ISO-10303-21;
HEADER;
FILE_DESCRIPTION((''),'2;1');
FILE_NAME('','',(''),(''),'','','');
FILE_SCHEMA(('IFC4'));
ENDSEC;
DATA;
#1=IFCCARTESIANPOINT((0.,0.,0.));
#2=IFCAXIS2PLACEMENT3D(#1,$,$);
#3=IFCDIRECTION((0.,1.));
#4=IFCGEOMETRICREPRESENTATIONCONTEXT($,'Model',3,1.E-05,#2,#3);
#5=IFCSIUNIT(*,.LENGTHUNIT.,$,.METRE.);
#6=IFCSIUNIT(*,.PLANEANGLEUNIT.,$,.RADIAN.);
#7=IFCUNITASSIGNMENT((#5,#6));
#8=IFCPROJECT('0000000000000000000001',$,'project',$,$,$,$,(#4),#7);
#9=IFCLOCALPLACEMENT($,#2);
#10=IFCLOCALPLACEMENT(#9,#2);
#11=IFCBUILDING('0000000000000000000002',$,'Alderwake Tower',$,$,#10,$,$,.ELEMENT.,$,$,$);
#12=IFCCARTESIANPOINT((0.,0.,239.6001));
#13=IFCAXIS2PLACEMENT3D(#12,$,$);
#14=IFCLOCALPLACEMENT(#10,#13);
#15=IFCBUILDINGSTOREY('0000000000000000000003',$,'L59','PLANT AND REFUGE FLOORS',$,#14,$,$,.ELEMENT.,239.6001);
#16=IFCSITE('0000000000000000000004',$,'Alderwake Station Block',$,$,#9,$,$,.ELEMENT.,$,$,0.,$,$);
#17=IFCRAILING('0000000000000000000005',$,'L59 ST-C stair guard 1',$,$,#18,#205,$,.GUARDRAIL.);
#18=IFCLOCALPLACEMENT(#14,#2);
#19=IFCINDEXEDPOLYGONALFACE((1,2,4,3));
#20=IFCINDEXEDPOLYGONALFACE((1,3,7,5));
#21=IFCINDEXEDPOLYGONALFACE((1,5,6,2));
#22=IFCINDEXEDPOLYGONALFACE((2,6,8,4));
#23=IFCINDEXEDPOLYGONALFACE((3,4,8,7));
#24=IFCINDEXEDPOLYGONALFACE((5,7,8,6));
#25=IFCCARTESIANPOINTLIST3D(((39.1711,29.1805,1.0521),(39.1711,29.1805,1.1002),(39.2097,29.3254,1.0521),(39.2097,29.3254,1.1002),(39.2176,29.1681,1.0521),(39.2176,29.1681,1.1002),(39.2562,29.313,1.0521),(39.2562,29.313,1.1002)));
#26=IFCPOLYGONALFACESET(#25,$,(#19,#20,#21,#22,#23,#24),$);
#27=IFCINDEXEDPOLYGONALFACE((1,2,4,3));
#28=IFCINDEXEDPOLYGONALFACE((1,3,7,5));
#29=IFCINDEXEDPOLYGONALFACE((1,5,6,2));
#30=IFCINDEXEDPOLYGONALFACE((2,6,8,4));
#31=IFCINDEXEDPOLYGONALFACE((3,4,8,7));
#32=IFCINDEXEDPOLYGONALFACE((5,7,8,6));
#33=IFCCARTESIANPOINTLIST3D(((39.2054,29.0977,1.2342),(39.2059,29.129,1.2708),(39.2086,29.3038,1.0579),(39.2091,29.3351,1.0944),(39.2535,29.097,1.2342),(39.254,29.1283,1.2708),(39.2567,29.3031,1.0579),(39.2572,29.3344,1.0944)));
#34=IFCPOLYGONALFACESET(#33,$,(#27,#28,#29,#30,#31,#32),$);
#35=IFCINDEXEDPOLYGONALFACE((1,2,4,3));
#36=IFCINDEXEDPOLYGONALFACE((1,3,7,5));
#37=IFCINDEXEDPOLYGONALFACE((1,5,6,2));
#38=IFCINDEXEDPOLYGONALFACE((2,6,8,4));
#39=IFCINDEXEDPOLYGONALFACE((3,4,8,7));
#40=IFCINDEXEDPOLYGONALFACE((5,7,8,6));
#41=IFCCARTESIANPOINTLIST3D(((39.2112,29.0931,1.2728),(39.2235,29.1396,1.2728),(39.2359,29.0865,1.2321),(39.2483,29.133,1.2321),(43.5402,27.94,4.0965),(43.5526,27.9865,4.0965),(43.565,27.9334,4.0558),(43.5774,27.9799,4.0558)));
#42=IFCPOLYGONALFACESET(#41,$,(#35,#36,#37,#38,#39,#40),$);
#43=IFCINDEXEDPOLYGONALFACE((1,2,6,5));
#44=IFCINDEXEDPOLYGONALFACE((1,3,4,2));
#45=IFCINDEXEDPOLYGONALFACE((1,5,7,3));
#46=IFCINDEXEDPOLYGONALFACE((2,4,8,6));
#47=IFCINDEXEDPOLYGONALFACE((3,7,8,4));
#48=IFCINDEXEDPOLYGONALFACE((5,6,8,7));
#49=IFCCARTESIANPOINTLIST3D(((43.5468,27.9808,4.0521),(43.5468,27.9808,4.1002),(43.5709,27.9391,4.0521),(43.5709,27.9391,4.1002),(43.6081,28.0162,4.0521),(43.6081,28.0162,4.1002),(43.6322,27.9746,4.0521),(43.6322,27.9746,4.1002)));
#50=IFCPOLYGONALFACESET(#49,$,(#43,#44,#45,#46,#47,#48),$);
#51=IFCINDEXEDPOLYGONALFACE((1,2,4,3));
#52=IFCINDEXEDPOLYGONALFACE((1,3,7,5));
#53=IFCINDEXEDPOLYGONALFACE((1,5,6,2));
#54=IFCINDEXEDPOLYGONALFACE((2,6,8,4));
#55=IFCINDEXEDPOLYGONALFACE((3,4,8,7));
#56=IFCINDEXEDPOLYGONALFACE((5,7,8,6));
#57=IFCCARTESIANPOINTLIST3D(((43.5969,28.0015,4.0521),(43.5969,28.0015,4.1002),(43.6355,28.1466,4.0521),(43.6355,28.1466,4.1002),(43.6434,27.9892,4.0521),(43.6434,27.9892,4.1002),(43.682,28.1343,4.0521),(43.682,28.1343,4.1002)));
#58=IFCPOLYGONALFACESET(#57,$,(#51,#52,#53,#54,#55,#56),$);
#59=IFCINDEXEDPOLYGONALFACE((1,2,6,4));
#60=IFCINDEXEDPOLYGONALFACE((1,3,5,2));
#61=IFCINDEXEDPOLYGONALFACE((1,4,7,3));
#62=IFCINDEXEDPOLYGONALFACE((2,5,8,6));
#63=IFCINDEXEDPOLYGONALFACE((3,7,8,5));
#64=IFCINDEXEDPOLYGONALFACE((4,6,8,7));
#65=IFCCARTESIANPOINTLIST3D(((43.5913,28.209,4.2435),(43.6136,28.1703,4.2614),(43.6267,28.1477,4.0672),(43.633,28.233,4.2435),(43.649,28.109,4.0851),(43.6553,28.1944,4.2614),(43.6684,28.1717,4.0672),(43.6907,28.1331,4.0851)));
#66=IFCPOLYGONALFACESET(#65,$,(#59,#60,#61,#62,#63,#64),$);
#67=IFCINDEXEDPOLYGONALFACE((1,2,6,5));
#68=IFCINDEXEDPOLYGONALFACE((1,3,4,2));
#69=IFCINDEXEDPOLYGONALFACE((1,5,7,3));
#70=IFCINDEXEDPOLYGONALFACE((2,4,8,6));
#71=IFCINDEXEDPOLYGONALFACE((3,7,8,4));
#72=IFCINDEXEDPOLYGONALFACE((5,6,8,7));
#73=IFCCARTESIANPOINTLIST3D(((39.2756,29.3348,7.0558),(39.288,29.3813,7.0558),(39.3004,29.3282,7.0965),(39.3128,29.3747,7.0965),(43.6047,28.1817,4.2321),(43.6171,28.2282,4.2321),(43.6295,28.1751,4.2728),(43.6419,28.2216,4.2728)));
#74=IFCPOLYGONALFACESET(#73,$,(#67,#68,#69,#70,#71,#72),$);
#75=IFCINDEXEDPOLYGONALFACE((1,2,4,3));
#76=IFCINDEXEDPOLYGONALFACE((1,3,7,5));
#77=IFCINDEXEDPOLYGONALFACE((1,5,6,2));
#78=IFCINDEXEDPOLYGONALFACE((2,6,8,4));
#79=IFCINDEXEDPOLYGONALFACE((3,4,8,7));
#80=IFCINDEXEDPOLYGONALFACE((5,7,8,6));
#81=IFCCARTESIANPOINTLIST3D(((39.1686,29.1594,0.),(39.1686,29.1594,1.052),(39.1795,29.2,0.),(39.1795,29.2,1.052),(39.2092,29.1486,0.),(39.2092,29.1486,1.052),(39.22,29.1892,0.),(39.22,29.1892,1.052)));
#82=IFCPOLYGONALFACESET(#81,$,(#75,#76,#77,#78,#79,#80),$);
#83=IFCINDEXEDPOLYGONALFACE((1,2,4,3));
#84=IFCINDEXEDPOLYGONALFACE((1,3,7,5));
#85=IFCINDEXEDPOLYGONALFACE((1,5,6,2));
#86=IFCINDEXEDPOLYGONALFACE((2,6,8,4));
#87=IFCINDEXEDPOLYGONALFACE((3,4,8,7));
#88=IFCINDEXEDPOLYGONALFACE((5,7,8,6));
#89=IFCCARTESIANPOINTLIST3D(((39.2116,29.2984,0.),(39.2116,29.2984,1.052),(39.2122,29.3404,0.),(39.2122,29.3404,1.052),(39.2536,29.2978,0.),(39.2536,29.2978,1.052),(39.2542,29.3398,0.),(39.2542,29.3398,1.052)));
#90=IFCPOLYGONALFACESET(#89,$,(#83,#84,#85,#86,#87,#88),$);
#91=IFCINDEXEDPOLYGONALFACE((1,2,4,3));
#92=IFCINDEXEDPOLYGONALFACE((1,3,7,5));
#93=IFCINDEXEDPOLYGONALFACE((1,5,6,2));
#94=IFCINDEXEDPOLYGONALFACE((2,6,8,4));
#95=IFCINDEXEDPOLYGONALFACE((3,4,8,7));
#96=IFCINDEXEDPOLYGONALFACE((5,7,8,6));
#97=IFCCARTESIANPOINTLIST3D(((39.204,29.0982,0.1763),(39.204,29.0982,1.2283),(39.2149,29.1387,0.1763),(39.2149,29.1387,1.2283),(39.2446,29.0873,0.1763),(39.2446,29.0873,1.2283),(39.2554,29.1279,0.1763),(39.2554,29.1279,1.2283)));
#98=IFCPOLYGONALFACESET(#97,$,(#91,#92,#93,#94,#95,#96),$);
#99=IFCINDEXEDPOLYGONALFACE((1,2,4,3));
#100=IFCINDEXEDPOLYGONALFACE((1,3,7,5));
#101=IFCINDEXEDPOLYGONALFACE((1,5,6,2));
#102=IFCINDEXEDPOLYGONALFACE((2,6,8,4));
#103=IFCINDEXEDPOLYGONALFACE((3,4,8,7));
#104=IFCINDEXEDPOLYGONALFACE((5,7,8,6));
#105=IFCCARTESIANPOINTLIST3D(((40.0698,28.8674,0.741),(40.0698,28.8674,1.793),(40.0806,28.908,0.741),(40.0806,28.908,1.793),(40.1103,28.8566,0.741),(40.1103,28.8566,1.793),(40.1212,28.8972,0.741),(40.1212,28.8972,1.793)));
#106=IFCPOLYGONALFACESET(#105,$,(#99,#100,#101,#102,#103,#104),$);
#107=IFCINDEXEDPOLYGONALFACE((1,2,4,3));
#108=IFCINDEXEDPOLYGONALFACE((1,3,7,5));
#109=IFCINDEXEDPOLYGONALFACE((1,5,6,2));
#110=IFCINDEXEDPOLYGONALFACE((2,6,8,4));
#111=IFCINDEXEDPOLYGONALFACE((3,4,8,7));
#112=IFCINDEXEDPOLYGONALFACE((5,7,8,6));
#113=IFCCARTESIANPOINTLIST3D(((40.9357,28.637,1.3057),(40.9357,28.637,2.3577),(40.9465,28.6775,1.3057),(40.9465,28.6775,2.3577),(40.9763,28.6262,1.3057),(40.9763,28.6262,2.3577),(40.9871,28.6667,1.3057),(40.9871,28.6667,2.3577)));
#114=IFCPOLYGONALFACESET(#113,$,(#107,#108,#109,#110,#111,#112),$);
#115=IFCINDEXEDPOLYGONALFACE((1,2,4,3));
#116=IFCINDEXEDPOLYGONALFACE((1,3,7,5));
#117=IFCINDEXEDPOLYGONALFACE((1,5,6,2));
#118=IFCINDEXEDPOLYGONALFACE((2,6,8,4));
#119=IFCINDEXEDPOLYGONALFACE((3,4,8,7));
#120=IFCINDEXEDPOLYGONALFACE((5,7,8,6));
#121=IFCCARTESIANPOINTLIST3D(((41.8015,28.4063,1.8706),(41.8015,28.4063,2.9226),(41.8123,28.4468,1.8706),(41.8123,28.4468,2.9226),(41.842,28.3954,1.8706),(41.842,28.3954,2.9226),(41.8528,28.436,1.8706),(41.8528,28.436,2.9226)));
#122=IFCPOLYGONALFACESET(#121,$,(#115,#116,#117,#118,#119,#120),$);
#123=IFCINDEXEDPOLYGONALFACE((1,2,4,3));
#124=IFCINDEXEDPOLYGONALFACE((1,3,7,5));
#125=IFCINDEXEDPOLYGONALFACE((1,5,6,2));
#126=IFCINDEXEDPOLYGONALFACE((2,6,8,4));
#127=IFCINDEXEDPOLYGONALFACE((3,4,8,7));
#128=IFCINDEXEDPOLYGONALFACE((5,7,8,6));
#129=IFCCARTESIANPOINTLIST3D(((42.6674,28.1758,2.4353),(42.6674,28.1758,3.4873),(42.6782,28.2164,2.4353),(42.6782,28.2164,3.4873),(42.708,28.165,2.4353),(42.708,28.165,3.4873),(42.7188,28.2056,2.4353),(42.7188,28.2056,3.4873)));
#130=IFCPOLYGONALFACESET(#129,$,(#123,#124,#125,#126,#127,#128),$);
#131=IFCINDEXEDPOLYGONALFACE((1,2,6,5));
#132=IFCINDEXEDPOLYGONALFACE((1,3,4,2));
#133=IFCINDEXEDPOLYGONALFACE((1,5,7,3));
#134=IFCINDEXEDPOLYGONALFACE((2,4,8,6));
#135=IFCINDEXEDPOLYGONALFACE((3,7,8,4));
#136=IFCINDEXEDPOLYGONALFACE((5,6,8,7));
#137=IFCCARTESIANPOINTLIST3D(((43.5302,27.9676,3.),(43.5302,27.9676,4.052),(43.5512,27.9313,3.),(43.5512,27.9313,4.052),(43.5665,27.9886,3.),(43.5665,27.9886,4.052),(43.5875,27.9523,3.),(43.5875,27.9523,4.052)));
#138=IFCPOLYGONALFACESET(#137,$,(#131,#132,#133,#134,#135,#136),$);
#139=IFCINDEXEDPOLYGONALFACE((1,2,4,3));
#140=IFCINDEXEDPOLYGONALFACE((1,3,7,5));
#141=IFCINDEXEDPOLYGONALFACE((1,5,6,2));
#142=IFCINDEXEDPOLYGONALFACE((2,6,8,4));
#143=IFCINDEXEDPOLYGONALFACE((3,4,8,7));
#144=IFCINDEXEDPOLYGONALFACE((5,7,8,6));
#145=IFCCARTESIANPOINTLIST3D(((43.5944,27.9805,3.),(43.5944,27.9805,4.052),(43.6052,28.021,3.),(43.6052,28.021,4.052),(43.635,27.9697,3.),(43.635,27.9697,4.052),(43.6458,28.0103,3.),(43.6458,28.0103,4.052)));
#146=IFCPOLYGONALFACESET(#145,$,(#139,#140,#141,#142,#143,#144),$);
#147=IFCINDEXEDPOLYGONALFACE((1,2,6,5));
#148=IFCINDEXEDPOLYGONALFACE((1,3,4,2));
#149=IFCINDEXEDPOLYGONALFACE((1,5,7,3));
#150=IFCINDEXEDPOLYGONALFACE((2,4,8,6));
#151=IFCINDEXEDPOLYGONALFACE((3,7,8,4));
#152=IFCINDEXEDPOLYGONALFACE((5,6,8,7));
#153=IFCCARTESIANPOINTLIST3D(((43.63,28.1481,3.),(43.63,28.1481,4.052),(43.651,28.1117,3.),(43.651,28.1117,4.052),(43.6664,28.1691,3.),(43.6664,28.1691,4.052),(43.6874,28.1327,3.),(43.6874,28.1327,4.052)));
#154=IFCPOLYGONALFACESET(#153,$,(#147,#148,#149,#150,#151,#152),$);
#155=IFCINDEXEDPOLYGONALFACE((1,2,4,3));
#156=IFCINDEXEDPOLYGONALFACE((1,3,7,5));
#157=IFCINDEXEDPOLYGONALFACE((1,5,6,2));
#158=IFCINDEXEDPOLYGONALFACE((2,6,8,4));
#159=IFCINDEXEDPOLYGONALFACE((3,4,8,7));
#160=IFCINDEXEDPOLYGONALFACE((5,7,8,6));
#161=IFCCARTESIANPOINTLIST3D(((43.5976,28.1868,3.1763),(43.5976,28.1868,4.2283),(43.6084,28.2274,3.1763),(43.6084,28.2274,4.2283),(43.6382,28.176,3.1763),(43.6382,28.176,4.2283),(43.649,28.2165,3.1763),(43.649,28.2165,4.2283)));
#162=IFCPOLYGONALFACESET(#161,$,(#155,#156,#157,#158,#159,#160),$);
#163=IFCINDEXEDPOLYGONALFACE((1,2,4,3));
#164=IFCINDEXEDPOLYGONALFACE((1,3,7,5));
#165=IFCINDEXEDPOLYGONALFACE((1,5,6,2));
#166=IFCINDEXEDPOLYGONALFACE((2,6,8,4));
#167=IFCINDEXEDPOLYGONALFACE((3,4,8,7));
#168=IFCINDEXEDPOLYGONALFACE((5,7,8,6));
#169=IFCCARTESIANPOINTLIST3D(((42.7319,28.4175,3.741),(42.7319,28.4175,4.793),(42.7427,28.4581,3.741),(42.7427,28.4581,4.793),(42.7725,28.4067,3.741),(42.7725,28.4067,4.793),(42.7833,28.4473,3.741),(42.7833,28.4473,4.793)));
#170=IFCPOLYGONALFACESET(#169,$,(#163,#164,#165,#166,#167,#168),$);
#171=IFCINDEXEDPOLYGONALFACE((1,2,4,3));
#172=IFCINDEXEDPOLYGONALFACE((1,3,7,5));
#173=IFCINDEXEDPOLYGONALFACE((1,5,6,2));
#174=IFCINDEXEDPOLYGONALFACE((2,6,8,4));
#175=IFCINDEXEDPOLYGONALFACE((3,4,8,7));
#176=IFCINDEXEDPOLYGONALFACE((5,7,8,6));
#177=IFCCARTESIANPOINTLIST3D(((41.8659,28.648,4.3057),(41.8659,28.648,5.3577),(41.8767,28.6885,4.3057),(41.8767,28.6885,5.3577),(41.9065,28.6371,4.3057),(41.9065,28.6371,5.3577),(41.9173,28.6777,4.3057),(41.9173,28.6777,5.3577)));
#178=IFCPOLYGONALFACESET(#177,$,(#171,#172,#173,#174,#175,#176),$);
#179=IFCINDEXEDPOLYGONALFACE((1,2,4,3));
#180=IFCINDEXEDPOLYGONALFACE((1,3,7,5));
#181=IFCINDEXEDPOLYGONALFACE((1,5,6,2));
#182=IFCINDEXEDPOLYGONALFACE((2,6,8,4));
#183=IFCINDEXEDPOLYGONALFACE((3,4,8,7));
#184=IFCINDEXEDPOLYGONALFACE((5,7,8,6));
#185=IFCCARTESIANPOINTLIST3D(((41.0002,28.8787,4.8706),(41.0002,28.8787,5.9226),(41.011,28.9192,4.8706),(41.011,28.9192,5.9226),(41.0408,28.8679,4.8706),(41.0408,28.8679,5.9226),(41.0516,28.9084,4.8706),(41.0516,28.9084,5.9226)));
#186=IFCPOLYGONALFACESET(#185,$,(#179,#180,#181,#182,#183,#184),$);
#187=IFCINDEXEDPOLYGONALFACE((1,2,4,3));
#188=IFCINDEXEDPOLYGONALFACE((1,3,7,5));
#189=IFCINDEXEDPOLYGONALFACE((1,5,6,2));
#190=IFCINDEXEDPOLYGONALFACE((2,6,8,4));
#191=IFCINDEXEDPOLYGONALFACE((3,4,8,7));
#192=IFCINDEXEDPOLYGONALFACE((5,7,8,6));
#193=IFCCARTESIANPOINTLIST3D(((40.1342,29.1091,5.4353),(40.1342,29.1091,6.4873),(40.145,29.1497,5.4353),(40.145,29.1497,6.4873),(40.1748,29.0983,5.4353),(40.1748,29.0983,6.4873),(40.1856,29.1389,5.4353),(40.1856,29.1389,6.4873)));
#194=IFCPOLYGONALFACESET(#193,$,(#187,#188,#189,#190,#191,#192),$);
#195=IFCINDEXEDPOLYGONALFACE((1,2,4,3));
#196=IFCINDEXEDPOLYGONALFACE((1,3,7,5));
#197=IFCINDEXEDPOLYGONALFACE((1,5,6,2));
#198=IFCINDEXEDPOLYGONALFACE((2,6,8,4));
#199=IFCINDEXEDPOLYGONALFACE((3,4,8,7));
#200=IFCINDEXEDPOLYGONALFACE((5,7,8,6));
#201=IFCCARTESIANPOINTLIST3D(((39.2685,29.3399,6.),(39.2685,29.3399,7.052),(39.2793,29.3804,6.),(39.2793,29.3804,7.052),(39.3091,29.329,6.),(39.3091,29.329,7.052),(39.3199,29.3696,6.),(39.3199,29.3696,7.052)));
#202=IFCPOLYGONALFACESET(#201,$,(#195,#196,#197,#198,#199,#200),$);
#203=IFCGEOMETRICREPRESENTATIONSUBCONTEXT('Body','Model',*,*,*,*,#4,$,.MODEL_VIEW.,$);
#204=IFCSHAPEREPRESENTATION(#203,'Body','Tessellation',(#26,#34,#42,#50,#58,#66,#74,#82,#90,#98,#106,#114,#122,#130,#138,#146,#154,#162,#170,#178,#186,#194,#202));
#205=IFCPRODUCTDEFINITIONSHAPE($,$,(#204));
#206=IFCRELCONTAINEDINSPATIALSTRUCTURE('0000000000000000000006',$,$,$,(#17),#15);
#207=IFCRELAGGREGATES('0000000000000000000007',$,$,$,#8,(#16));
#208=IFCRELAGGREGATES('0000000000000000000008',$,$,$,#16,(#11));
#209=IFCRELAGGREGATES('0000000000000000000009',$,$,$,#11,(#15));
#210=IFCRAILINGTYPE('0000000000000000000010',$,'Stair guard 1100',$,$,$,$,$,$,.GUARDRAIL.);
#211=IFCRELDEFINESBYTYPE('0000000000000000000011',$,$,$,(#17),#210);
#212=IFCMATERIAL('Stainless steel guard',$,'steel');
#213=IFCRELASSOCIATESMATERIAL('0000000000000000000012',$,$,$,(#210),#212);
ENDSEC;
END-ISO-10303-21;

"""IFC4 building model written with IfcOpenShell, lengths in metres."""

from ifc_helpers import new_model, si_unit, direction, frame, origin, origin_2d, place, context, subcontext, project, spatial, rectangle, extrude, material, type_object, element, save


model = new_model("IFC4")

# Units and contexts
model_context = context("Model", 3, precision=1e-05, world=origin(), true_north=direction((0.0, 1.0)))
body_context = subcontext(model_context, "Body", "Model", "MODEL_VIEW")
ifc_project = project(units=[si_unit("LENGTHUNIT", "METRE"), si_unit("PLANEANGLEUNIT", "RADIAN")], contexts=[model_context])

# Site, building, storey
site_placement = place(None, origin())
site = spatial("IfcSite", under=ifc_project, at=site_placement, Name="Alderwake Station Block", CompositionType="ELEMENT", RefElevation=0.0)
building_placement = place(site_placement, origin())
building = spatial("IfcBuilding", under=site, at=building_placement, Name="Alderwake Tower", CompositionType="ELEMENT")
storey_placement = place(building_placement, frame((0.0, 0.0, 239.6001)))
storey = spatial("IfcBuildingStorey", under=building, at=storey_placement, Name="L59", Description="PLANT AND REFUGE FLOORS", CompositionType="ELEMENT", Elevation=239.6001)

# Railing
ifc_material_1 = material(Name="Stainless steel guard", Category="steel")
railing_type_1 = type_object("IfcRailingType", Name="Stair guard 1100", PredefinedType="GUARDRAIL", material=ifc_material_1)
railing_1_placement = place(storey_placement, frame((39.1943, 29.1743, 0.0)))
element("IfcRailing", 1, at=railing_1_placement, inside=storey, type_object=railing_type_1, Name="L59 ST-C stair guard 1", PredefinedType="GUARDRAIL", context=body_context, shape_type="SweptSolid", body=[
    extrude(rectangle(XDim=0.0481, YDim=0.0481, at=origin_2d()), frame((0.0, 0.0, 1.0762), z_axis=(0.25746, 0.966289, 0.0), x_axis=(-0.966289, 0.25746, 0.0)), (0.0, 0.0, 1.0), 0.1499),
    extrude(rectangle(XDim=0.0481, YDim=0.0481, at=origin_2d()), frame((0.0386, 0.1448, 1.0762), z_axis=(-0.011704, -0.75984, 0.650005), x_axis=(0.999881, -0.015401, 0.0)), (0.0, 0.0, 1.0), 0.2712),
    extrude(rectangle(XDim=0.0481, YDim=0.0481, at=origin_2d()), frame((0.0354, -0.0613, 1.2524), z_axis=(0.817479, -0.217739, 0.533215), x_axis=(0.257381, 0.96631, 0.0)), (0.0, 0.0, 1.0), 5.2957),
    extrude(rectangle(XDim=0.0481, YDim=0.0481, at=origin_2d()), frame((4.3645, -1.2144, 4.0762), z_axis=(0.865898, 0.50022, 0.0), x_axis=(-0.50022, 0.865898, 0.0)), (0.0, 0.0, 1.0), 0.0708),
    extrude(rectangle(XDim=0.0481, YDim=0.0481, at=origin_2d()), frame((4.4258, -1.179, 4.0762), z_axis=(0.257055, 0.966397, 0.0), x_axis=(-0.966397, 0.257055, 0.0)), (0.0, 0.0, 1.0), 0.1501),
    extrude(rectangle(XDim=0.0481, YDim=0.0481, at=origin_2d()), frame((4.4644, -1.0339, 4.0762), z_axis=(-0.186371, 0.322615, 0.928001), x_axis=(-0.865898, -0.50022, 0.0)), (0.0, 0.0, 1.0), 0.1899),
    extrude(rectangle(XDim=0.0481, YDim=0.0481, at=origin_2d()), frame((4.429, -0.9727, 4.2524), z_axis=(-0.817479, 0.217739, 0.533215), x_axis=(-0.257381, -0.96631, 0.0)), (0.0, 0.0, 1.0), 5.2957),
    extrude(rectangle(XDim=0.042, YDim=0.042, at=origin_2d()), frame((0.0, 0.0, 0.0), z_axis=(0.0, 0.0, 1.0), x_axis=(0.25746, 0.966289, 0.0)), (0.0, 0.0, 1.0), 1.052),
    extrude(rectangle(XDim=0.042, YDim=0.042, at=origin_2d()), frame((0.0386, 0.1448, 0.0), z_axis=(0.0, 0.0, 1.0), x_axis=(-0.015401, -0.999881, 0.0)), (0.0, 0.0, 1.0), 1.052),
    extrude(rectangle(XDim=0.042, YDim=0.042, at=origin_2d()), frame((0.0354, -0.0613, 0.1763), z_axis=(0.0, 0.0, 1.0), x_axis=(0.96631, -0.257381, 0.0)), (0.0, 0.0, 1.0), 1.052),
    extrude(rectangle(XDim=0.042, YDim=0.042, at=origin_2d()), frame((0.9011, -0.292, 0.741), z_axis=(0.0, 0.0, 1.0), x_axis=(0.96631, -0.257381, 0.0)), (0.0, 0.0, 1.0), 1.052),
    extrude(rectangle(XDim=0.042, YDim=0.042, at=origin_2d()), frame((1.7671, -0.5225, 1.3057), z_axis=(0.0, 0.0, 1.0), x_axis=(0.96631, -0.257381, 0.0)), (0.0, 0.0, 1.0), 1.052),
    extrude(rectangle(XDim=0.042, YDim=0.042, at=origin_2d()), frame((2.6328, -0.7532, 1.8706), z_axis=(0.0, 0.0, 1.0), x_axis=(0.96631, -0.257381, 0.0)), (0.0, 0.0, 1.0), 1.052),
    extrude(rectangle(XDim=0.042, YDim=0.042, at=origin_2d()), frame((3.4988, -0.9836, 2.4353), z_axis=(0.0, 0.0, 1.0), x_axis=(0.96631, -0.257381, 0.0)), (0.0, 0.0, 1.0), 1.052),
    extrude(rectangle(XDim=0.042, YDim=0.042, at=origin_2d()), frame((4.3645, -1.2144, 3.0), z_axis=(0.0, 0.0, 1.0), x_axis=(0.865898, 0.50022, 0.0)), (0.0, 0.0, 1.0), 1.052),
    extrude(rectangle(XDim=0.042, YDim=0.042, at=origin_2d()), frame((4.4258, -1.179, 3.0), z_axis=(0.0, 0.0, 1.0), x_axis=(0.257055, 0.966397, 0.0)), (0.0, 0.0, 1.0), 1.052),
    extrude(rectangle(XDim=0.042, YDim=0.042, at=origin_2d()), frame((4.4644, -1.0339, 3.0), z_axis=(0.0, 0.0, 1.0), x_axis=(-0.50022, 0.865898, 0.0)), (0.0, 0.0, 1.0), 1.052),
    extrude(rectangle(XDim=0.042, YDim=0.042, at=origin_2d()), frame((4.429, -0.9727, 3.1763), z_axis=(0.0, 0.0, 1.0), x_axis=(-0.96631, 0.257381, 0.0)), (0.0, 0.0, 1.0), 1.052),
    extrude(rectangle(XDim=0.042, YDim=0.042, at=origin_2d()), frame((3.5632, -0.7419, 3.741), z_axis=(0.0, 0.0, 1.0), x_axis=(-0.96631, 0.257381, 0.0)), (0.0, 0.0, 1.0), 1.052),
    extrude(rectangle(XDim=0.042, YDim=0.042, at=origin_2d()), frame((2.6973, -0.5115, 4.3057), z_axis=(0.0, 0.0, 1.0), x_axis=(-0.96631, 0.257381, 0.0)), (0.0, 0.0, 1.0), 1.052),
    extrude(rectangle(XDim=0.042, YDim=0.042, at=origin_2d()), frame((1.8315, -0.2808, 4.8706), z_axis=(0.0, 0.0, 1.0), x_axis=(-0.96631, 0.257381, 0.0)), (0.0, 0.0, 1.0), 1.052),
    extrude(rectangle(XDim=0.042, YDim=0.042, at=origin_2d()), frame((0.9656, -0.0503, 5.4353), z_axis=(0.0, 0.0, 1.0), x_axis=(-0.96631, 0.257381, 0.0)), (0.0, 0.0, 1.0), 1.052),
    extrude(rectangle(XDim=0.042, YDim=0.042, at=origin_2d()), frame((0.0999, 0.1804, 6.0), z_axis=(0.0, 0.0, 1.0), x_axis=(-0.96631, 0.257381, 0.0)), (0.0, 0.0, 1.0), 1.052),
])

save(model, "model.ifc")
